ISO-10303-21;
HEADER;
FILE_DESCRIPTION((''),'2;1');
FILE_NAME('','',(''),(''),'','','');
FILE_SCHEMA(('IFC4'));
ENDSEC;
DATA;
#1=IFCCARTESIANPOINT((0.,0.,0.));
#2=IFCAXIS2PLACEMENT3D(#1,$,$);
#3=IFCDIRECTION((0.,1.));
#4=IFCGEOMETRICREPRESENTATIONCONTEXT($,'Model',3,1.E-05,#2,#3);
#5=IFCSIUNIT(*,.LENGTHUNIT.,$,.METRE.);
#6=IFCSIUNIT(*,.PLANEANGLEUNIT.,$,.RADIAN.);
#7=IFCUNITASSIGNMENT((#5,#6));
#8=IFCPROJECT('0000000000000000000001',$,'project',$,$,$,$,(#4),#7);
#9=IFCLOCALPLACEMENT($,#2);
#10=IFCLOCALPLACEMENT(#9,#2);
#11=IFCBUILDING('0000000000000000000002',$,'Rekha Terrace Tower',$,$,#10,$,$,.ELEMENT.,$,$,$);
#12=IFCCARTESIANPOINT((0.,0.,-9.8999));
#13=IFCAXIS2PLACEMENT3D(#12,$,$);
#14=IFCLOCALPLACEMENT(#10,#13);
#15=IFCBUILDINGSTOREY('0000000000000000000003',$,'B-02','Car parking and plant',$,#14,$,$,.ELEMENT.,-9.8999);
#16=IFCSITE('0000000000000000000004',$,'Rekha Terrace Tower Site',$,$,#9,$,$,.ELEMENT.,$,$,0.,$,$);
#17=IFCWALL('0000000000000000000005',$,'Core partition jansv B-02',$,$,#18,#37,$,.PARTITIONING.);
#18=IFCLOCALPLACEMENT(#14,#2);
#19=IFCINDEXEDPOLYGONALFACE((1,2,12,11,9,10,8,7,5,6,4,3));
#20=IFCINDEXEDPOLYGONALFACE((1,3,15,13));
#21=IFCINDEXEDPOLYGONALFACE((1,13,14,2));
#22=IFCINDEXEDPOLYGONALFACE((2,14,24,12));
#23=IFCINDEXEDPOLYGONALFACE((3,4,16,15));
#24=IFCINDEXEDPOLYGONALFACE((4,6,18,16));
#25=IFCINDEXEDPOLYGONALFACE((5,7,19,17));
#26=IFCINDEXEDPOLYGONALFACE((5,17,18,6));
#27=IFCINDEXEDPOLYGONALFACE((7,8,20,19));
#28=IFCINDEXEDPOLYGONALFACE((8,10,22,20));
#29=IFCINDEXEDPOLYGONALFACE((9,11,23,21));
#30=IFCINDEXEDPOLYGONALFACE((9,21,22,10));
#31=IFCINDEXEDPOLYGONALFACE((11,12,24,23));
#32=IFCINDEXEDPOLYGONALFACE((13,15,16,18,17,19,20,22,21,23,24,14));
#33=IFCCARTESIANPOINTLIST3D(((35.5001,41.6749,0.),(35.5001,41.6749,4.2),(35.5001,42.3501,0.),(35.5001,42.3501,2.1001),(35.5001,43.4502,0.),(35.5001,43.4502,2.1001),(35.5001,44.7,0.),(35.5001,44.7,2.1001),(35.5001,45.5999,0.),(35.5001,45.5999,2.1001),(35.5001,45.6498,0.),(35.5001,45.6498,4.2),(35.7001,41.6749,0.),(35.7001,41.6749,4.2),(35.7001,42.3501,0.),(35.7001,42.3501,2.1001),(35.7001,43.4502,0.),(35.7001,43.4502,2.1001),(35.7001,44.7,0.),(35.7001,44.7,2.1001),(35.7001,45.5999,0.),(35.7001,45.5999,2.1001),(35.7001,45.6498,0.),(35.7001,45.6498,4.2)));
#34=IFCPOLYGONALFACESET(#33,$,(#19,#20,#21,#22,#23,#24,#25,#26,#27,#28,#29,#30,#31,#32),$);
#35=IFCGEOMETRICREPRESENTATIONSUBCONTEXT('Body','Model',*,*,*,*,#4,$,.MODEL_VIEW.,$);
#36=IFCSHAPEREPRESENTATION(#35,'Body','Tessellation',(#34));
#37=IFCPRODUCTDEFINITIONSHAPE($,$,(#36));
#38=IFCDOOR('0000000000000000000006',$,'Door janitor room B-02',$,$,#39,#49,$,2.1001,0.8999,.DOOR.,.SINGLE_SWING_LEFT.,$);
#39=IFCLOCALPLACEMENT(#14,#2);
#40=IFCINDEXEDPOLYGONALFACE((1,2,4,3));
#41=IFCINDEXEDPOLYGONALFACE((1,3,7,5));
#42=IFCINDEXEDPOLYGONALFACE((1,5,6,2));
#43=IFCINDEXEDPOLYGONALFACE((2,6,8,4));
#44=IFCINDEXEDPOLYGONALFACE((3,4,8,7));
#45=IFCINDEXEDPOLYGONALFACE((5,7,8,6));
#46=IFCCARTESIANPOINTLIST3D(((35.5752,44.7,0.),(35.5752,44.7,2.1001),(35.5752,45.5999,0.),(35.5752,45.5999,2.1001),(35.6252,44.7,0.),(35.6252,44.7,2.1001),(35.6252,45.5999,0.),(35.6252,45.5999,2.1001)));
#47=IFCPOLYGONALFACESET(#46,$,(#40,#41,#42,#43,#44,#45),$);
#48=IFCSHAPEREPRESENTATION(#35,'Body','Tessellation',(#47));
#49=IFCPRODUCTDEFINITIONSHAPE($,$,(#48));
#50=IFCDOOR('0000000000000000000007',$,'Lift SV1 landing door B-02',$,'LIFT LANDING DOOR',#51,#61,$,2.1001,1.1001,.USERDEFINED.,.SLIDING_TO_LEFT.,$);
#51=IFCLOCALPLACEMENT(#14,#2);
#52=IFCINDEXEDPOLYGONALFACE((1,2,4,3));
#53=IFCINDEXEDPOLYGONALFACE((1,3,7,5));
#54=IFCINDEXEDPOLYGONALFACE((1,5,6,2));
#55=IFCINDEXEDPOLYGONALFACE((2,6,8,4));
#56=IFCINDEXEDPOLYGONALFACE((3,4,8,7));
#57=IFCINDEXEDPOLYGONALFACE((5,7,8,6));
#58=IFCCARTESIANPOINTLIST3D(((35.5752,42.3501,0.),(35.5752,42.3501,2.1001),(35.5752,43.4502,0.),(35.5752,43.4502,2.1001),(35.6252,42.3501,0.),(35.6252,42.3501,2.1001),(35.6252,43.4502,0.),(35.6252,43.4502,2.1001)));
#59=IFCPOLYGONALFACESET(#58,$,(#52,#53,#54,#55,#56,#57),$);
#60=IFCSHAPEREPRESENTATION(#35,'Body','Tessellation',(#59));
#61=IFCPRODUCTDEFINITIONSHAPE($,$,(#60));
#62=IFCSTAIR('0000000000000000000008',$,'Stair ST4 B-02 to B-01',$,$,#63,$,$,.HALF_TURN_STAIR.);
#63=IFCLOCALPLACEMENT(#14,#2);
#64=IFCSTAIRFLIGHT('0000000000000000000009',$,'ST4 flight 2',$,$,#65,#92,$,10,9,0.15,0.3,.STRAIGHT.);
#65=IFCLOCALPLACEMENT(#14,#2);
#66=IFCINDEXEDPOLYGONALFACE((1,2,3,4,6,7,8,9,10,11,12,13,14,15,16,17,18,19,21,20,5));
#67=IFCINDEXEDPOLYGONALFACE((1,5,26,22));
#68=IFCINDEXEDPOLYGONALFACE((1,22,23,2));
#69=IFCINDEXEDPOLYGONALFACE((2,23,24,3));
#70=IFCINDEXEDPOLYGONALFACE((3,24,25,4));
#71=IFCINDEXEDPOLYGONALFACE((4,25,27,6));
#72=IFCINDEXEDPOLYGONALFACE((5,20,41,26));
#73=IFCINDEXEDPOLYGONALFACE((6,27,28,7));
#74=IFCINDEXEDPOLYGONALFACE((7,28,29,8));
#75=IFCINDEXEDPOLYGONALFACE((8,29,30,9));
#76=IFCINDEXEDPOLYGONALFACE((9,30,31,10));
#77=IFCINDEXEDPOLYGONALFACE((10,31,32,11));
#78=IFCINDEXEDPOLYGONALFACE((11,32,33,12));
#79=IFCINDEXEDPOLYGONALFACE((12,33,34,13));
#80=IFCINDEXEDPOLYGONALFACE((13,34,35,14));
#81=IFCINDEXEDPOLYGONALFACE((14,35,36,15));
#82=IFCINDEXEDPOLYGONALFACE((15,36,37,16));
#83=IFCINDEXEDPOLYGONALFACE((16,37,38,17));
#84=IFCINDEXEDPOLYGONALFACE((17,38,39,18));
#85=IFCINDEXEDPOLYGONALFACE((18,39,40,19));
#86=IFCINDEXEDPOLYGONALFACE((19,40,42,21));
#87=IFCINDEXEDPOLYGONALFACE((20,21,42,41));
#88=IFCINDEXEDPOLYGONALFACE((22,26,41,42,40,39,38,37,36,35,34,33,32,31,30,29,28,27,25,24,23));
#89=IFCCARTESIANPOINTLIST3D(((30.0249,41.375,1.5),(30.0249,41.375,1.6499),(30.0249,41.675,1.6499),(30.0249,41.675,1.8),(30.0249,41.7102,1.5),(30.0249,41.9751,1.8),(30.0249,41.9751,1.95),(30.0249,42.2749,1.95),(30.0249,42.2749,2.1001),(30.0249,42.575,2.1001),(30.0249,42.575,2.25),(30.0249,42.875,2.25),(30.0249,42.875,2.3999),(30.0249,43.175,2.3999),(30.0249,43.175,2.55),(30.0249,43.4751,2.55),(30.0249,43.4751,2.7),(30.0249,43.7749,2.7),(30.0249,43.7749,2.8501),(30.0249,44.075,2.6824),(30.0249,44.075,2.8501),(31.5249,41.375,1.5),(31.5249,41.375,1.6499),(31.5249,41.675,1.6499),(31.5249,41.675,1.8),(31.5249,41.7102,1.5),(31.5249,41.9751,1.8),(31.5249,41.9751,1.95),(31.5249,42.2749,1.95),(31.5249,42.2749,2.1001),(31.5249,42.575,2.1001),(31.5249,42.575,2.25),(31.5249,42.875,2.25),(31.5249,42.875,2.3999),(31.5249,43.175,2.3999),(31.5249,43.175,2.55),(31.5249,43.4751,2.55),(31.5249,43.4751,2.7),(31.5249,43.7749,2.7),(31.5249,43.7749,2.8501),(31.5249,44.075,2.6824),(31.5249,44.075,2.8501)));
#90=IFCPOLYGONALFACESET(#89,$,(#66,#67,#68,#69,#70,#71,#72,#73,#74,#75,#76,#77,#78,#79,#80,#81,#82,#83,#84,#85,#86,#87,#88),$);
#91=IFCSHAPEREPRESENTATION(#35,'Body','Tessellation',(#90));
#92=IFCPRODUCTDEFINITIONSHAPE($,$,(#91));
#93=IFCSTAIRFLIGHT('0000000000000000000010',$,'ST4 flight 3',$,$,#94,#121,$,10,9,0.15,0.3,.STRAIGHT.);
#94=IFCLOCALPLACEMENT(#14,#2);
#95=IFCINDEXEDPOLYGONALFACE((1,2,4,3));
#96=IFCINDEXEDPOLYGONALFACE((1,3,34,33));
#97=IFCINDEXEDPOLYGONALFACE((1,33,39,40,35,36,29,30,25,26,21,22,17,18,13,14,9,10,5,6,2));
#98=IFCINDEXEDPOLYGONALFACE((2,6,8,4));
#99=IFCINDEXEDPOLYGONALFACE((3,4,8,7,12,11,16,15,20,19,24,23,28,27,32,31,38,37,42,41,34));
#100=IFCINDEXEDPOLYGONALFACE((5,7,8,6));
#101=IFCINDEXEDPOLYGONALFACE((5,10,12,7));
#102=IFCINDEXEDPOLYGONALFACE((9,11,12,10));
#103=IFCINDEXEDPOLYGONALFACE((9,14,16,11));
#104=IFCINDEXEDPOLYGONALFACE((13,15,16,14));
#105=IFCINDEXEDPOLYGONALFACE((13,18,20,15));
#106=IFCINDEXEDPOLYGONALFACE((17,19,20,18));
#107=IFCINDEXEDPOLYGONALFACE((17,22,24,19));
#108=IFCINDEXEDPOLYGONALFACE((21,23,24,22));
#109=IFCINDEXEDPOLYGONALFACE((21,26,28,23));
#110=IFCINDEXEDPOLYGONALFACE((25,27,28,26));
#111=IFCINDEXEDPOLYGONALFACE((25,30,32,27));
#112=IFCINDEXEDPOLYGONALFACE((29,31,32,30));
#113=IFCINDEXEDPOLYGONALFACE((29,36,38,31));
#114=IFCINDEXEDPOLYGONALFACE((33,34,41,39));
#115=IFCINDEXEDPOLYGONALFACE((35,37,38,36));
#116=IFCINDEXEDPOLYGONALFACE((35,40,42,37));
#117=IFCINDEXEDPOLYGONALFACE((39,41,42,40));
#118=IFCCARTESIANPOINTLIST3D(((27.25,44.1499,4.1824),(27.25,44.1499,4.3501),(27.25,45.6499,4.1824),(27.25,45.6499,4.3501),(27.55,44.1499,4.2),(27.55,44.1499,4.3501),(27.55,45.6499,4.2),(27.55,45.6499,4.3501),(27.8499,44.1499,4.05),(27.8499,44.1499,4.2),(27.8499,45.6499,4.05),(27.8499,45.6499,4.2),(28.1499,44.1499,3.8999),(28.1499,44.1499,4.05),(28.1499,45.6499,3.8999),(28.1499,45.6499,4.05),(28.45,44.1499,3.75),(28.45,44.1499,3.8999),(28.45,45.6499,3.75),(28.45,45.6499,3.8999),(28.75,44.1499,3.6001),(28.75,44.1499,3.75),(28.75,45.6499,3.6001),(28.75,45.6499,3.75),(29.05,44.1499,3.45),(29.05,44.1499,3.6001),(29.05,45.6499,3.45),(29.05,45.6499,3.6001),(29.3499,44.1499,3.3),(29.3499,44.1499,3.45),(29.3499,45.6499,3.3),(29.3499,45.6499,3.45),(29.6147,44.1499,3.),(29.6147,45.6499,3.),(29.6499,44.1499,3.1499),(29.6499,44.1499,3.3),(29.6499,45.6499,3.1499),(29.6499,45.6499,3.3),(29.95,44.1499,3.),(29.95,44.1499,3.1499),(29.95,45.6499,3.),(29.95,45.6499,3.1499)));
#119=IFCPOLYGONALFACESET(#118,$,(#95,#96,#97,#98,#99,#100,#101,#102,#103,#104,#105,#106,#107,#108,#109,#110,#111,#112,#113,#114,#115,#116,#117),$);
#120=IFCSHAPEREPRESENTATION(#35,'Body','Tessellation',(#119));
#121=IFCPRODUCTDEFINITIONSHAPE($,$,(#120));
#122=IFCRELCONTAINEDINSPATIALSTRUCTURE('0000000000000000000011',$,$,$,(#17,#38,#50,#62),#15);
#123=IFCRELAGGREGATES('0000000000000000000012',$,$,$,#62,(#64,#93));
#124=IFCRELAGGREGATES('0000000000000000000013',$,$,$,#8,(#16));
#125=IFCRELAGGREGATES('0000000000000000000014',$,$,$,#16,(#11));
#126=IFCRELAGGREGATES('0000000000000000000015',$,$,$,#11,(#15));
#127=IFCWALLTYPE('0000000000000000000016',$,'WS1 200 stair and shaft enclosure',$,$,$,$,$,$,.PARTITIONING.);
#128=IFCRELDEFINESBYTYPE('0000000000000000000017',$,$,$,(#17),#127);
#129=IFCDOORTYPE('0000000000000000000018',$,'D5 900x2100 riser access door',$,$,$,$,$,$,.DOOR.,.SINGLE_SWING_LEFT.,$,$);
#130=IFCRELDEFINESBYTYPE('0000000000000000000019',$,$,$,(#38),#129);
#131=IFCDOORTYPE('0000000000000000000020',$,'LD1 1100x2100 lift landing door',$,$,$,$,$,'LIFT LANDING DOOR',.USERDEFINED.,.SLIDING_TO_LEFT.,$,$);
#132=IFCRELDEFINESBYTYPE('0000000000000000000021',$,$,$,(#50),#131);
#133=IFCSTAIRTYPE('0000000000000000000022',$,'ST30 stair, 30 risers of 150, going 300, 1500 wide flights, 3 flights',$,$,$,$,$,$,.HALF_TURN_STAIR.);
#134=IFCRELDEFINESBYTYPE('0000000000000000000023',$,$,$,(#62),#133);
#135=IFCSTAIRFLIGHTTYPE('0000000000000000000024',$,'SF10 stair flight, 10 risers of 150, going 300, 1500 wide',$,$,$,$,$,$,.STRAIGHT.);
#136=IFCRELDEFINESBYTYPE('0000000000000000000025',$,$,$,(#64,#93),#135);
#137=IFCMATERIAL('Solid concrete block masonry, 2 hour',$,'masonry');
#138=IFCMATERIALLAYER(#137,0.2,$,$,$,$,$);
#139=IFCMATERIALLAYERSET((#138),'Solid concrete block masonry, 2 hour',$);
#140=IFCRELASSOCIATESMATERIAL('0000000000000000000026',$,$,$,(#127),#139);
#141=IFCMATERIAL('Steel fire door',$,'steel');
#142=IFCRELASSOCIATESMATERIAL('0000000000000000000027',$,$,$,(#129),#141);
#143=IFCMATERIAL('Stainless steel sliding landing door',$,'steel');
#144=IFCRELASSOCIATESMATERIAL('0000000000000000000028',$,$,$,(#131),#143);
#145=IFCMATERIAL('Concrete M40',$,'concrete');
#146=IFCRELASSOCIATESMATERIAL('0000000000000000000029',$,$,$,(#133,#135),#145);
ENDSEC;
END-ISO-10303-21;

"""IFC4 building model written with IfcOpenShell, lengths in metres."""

from ifc_helpers import new_model, si_unit, direction, frame, frame_2d, origin, place, context, subcontext, project, spatial, polyline, rectangle, outline, extrude, material, layer, layer_set, type_object, element, fill, aggregate, save


model = new_model("IFC4")

# Units and contexts
model_context = context("Model", 3, precision=1e-05, world=origin(), true_north=direction((0.0, 1.0)))
body_context = subcontext(model_context, "Body", "Model", "MODEL_VIEW")
ifc_project = project(units=[si_unit("LENGTHUNIT", "METRE"), si_unit("PLANEANGLEUNIT", "RADIAN")], contexts=[model_context])

# Site, building, storey
site_placement = place(None, origin())
site = spatial("IfcSite", under=ifc_project, at=site_placement, Name="Rekha Terrace Tower Site", CompositionType="ELEMENT", RefElevation=0.0)
building_placement = place(site_placement, origin())
building = spatial("IfcBuilding", under=site, at=building_placement, Name="Rekha Terrace Tower", CompositionType="ELEMENT")
storey_placement = place(building_placement, frame((0.0, 0.0, -9.8999)))
storey = spatial("IfcBuildingStorey", under=building, at=storey_placement, Name="B-02", Description="Car parking and plant", CompositionType="ELEMENT", Elevation=-9.8999)

# Shared definitions
ifc_material_1 = material(Name="Solid concrete block masonry, 2 hour", Category="masonry")
ifc_layer_1 = layer(ifc_material_1, 0.2)
ifc_layer_set_1 = layer_set([ifc_layer_1], Name="Solid concrete block masonry, 2 hour")
wall_type_1 = type_object("IfcWallType", Name="WS1 200 stair and shaft enclosure", PredefinedType="PARTITIONING", material=ifc_layer_set_1)

# Wall, openings, doors
wall_placement = place(storey_placement, frame((35.6001, 41.675, 0.0), z_axis=(0.0, 0.0, 1.0), x_axis=(0.0, 1.0, 0.0)))
wall = element("IfcWall", 1, at=wall_placement, inside=storey, type_object=wall_type_1, Name="Core partition jansv B-02", PredefinedType="PARTITIONING", context=body_context, shape_type="SweptSolid", body=[
    extrude(rectangle(XDim=3.9749, YDim=0.2, at=frame_2d((1.9873, 0.0))), origin(), (0.0, 0.0, 1.0), 4.2),
])
opening_1_placement = place(wall_placement, frame((3.0249, 0.0, 0.0)))
opening_1 = element("IfcOpeningElement", 2, at=opening_1_placement, cuts=wall, PredefinedType="OPENING", context=body_context, shape_type="SweptSolid", body=[
    extrude(rectangle(XDim=0.8999, YDim=2.1001, at=frame_2d((0.45, 1.05))), frame((0.0, 0.1099, 0.0), z_axis=(0.0, -1.0, 0.0), x_axis=(1.0, 0.0, 0.0)), (0.0, 0.0, 1.0), 0.22),
])
opening_2_placement = place(wall_placement, frame((0.675, 0.0, 0.0)))
opening_2 = element("IfcOpeningElement", 3, at=opening_2_placement, cuts=wall, PredefinedType="OPENING", context=body_context, shape_type="SweptSolid", body=[
    extrude(rectangle(XDim=1.1001, YDim=2.1001, at=frame_2d((0.55, 1.05))), frame((0.0, 0.1099, 0.0), z_axis=(0.0, -1.0, 0.0), x_axis=(1.0, 0.0, 0.0)), (0.0, 0.0, 1.0), 0.22),
])
ifc_material_2 = material(Name="Steel fire door", Category="steel")
door_type_1 = type_object("IfcDoorType", Name="D5 900x2100 riser access door", OperationType="SINGLE_SWING_LEFT", PredefinedType="DOOR", material=ifc_material_2)
door_1_placement = place(opening_1_placement, origin())
door_1 = element("IfcDoor", 4, at=door_1_placement, inside=storey, type_object=door_type_1, Name="Door janitor room B-02", OperationType="SINGLE_SWING_LEFT", OverallHeight=2.1001, OverallWidth=0.8999, PredefinedType="DOOR", context=body_context, shape_type="SweptSolid", body=[
    extrude(rectangle(XDim=0.8999, YDim=2.1001, at=frame_2d((0.45, 1.05))), frame((0.0, 0.0249, 0.0), z_axis=(0.0, -1.0, 0.0), x_axis=(1.0, 0.0, 0.0)), (0.0, 0.0, 1.0), 0.05),
])
fill(opening_1, door_1)
ifc_material_3 = material(Name="Stainless steel sliding landing door", Category="steel")
door_type_2 = type_object("IfcDoorType", Name="LD1 1100x2100 lift landing door", ElementType="LIFT LANDING DOOR", OperationType="SLIDING_TO_LEFT", PredefinedType="USERDEFINED", material=ifc_material_3)
door_2_placement = place(opening_2_placement, origin())
door_2 = element("IfcDoor", 5, at=door_2_placement, inside=storey, type_object=door_type_2, Name="Lift SV1 landing door B-02", ObjectType="LIFT LANDING DOOR", OperationType="SLIDING_TO_LEFT", OverallHeight=2.1001, OverallWidth=1.1001, PredefinedType="USERDEFINED", context=body_context, shape_type="SweptSolid", body=[
    extrude(rectangle(XDim=1.1001, YDim=2.1001, at=frame_2d((0.55, 1.05))), frame((0.0, 0.0249, 0.0), z_axis=(0.0, -1.0, 0.0), x_axis=(1.0, 0.0, 0.0)), (0.0, 0.0, 1.0), 0.05),
])
fill(opening_2, door_2)

# Stair, stair flights
ifc_material_4 = material(Name="Concrete M40", Category="concrete")
stair_type = type_object("IfcStairType", Name="ST30 stair, 30 risers of 150, going 300, 1500 wide flights, 3 flights", PredefinedType="HALF_TURN_STAIR", material=ifc_material_4)
stair_placement = place(storey_placement, origin())
stair = element("IfcStair", 6, at=stair_placement, inside=storey, type_object=stair_type, Name="Stair ST4 B-02 to B-01", PredefinedType="HALF_TURN_STAIR")
stair_flight_type = type_object("IfcStairFlightType", Name="SF10 stair flight, 10 risers of 150, going 300, 1500 wide", PredefinedType="STRAIGHT", material=ifc_material_4)
stair_flight_1_placement = place(storey_placement, frame((30.7749, 41.375, 1.5), z_axis=(0.0, 0.0, 1.0), x_axis=(0.0, 1.0, 0.0)))
stair_flight_1 = element("IfcStairFlight", 7, at=stair_flight_1_placement, type_object=stair_flight_type, Name="ST4 flight 2", NumberOfRisers=10, NumberOfTreads=9, PredefinedType="STRAIGHT", RiserHeight=0.15, TreadLength=0.3, context=body_context, shape_type="SweptSolid", body=[
    extrude(outline(polyline([(0.0, 0.0), (0.0, 0.1499), (0.3, 0.1499), (0.3, 0.3), (0.6001, 0.3), (0.6001, 0.45), (0.8999, 0.45), (0.8999, 0.6001), (1.2, 0.6001), (1.2, 0.75), (1.5, 0.75), (1.5, 0.8999), (1.8, 0.8999), (1.8, 1.05), (2.1001, 1.05), (2.1001, 1.2), (2.3999, 1.2), (2.3999, 1.3501), (2.7, 1.3501), (2.7, 1.5), (2.7, 1.1824), (0.3352, 0.0), (0.0, 0.0)])), frame((0.0, 0.75, 0.0), z_axis=(0.0, -1.0, 0.0), x_axis=(1.0, 0.0, 0.0)), (0.0, 0.0, 1.0), 1.5),
])
stair_flight_2_placement = place(storey_placement, frame((29.95, 44.8999, 3.0), z_axis=(0.0, 0.0, 1.0), x_axis=(-1.0, 0.0, 0.0)))
stair_flight_2 = element("IfcStairFlight", 8, at=stair_flight_2_placement, type_object=stair_flight_type, Name="ST4 flight 3", NumberOfRisers=10, NumberOfTreads=9, PredefinedType="STRAIGHT", RiserHeight=0.15, TreadLength=0.3, context=body_context, shape_type="SweptSolid", body=[
    extrude(outline(polyline([(0.0, 0.0), (0.0, 0.1499), (0.3, 0.1499), (0.3, 0.3), (0.6001, 0.3), (0.6001, 0.45), (0.8999, 0.45), (0.8999, 0.6001), (1.2, 0.6001), (1.2, 0.75), (1.5, 0.75), (1.5, 0.8999), (1.8, 0.8999), (1.8, 1.05), (2.1001, 1.05), (2.1001, 1.2), (2.3999, 1.2), (2.3999, 1.3501), (2.7, 1.3501), (2.7, 1.5), (2.7, 1.1824), (0.3352, 0.0), (0.0, 0.0)])), frame((0.0, 0.75, 0.0), z_axis=(0.0, -1.0, 0.0), x_axis=(1.0, 0.0, 0.0)), (0.0, 0.0, 1.0), 1.5),
])
aggregate(stair, [stair_flight_1, stair_flight_2])

save(model, "model.ifc")
